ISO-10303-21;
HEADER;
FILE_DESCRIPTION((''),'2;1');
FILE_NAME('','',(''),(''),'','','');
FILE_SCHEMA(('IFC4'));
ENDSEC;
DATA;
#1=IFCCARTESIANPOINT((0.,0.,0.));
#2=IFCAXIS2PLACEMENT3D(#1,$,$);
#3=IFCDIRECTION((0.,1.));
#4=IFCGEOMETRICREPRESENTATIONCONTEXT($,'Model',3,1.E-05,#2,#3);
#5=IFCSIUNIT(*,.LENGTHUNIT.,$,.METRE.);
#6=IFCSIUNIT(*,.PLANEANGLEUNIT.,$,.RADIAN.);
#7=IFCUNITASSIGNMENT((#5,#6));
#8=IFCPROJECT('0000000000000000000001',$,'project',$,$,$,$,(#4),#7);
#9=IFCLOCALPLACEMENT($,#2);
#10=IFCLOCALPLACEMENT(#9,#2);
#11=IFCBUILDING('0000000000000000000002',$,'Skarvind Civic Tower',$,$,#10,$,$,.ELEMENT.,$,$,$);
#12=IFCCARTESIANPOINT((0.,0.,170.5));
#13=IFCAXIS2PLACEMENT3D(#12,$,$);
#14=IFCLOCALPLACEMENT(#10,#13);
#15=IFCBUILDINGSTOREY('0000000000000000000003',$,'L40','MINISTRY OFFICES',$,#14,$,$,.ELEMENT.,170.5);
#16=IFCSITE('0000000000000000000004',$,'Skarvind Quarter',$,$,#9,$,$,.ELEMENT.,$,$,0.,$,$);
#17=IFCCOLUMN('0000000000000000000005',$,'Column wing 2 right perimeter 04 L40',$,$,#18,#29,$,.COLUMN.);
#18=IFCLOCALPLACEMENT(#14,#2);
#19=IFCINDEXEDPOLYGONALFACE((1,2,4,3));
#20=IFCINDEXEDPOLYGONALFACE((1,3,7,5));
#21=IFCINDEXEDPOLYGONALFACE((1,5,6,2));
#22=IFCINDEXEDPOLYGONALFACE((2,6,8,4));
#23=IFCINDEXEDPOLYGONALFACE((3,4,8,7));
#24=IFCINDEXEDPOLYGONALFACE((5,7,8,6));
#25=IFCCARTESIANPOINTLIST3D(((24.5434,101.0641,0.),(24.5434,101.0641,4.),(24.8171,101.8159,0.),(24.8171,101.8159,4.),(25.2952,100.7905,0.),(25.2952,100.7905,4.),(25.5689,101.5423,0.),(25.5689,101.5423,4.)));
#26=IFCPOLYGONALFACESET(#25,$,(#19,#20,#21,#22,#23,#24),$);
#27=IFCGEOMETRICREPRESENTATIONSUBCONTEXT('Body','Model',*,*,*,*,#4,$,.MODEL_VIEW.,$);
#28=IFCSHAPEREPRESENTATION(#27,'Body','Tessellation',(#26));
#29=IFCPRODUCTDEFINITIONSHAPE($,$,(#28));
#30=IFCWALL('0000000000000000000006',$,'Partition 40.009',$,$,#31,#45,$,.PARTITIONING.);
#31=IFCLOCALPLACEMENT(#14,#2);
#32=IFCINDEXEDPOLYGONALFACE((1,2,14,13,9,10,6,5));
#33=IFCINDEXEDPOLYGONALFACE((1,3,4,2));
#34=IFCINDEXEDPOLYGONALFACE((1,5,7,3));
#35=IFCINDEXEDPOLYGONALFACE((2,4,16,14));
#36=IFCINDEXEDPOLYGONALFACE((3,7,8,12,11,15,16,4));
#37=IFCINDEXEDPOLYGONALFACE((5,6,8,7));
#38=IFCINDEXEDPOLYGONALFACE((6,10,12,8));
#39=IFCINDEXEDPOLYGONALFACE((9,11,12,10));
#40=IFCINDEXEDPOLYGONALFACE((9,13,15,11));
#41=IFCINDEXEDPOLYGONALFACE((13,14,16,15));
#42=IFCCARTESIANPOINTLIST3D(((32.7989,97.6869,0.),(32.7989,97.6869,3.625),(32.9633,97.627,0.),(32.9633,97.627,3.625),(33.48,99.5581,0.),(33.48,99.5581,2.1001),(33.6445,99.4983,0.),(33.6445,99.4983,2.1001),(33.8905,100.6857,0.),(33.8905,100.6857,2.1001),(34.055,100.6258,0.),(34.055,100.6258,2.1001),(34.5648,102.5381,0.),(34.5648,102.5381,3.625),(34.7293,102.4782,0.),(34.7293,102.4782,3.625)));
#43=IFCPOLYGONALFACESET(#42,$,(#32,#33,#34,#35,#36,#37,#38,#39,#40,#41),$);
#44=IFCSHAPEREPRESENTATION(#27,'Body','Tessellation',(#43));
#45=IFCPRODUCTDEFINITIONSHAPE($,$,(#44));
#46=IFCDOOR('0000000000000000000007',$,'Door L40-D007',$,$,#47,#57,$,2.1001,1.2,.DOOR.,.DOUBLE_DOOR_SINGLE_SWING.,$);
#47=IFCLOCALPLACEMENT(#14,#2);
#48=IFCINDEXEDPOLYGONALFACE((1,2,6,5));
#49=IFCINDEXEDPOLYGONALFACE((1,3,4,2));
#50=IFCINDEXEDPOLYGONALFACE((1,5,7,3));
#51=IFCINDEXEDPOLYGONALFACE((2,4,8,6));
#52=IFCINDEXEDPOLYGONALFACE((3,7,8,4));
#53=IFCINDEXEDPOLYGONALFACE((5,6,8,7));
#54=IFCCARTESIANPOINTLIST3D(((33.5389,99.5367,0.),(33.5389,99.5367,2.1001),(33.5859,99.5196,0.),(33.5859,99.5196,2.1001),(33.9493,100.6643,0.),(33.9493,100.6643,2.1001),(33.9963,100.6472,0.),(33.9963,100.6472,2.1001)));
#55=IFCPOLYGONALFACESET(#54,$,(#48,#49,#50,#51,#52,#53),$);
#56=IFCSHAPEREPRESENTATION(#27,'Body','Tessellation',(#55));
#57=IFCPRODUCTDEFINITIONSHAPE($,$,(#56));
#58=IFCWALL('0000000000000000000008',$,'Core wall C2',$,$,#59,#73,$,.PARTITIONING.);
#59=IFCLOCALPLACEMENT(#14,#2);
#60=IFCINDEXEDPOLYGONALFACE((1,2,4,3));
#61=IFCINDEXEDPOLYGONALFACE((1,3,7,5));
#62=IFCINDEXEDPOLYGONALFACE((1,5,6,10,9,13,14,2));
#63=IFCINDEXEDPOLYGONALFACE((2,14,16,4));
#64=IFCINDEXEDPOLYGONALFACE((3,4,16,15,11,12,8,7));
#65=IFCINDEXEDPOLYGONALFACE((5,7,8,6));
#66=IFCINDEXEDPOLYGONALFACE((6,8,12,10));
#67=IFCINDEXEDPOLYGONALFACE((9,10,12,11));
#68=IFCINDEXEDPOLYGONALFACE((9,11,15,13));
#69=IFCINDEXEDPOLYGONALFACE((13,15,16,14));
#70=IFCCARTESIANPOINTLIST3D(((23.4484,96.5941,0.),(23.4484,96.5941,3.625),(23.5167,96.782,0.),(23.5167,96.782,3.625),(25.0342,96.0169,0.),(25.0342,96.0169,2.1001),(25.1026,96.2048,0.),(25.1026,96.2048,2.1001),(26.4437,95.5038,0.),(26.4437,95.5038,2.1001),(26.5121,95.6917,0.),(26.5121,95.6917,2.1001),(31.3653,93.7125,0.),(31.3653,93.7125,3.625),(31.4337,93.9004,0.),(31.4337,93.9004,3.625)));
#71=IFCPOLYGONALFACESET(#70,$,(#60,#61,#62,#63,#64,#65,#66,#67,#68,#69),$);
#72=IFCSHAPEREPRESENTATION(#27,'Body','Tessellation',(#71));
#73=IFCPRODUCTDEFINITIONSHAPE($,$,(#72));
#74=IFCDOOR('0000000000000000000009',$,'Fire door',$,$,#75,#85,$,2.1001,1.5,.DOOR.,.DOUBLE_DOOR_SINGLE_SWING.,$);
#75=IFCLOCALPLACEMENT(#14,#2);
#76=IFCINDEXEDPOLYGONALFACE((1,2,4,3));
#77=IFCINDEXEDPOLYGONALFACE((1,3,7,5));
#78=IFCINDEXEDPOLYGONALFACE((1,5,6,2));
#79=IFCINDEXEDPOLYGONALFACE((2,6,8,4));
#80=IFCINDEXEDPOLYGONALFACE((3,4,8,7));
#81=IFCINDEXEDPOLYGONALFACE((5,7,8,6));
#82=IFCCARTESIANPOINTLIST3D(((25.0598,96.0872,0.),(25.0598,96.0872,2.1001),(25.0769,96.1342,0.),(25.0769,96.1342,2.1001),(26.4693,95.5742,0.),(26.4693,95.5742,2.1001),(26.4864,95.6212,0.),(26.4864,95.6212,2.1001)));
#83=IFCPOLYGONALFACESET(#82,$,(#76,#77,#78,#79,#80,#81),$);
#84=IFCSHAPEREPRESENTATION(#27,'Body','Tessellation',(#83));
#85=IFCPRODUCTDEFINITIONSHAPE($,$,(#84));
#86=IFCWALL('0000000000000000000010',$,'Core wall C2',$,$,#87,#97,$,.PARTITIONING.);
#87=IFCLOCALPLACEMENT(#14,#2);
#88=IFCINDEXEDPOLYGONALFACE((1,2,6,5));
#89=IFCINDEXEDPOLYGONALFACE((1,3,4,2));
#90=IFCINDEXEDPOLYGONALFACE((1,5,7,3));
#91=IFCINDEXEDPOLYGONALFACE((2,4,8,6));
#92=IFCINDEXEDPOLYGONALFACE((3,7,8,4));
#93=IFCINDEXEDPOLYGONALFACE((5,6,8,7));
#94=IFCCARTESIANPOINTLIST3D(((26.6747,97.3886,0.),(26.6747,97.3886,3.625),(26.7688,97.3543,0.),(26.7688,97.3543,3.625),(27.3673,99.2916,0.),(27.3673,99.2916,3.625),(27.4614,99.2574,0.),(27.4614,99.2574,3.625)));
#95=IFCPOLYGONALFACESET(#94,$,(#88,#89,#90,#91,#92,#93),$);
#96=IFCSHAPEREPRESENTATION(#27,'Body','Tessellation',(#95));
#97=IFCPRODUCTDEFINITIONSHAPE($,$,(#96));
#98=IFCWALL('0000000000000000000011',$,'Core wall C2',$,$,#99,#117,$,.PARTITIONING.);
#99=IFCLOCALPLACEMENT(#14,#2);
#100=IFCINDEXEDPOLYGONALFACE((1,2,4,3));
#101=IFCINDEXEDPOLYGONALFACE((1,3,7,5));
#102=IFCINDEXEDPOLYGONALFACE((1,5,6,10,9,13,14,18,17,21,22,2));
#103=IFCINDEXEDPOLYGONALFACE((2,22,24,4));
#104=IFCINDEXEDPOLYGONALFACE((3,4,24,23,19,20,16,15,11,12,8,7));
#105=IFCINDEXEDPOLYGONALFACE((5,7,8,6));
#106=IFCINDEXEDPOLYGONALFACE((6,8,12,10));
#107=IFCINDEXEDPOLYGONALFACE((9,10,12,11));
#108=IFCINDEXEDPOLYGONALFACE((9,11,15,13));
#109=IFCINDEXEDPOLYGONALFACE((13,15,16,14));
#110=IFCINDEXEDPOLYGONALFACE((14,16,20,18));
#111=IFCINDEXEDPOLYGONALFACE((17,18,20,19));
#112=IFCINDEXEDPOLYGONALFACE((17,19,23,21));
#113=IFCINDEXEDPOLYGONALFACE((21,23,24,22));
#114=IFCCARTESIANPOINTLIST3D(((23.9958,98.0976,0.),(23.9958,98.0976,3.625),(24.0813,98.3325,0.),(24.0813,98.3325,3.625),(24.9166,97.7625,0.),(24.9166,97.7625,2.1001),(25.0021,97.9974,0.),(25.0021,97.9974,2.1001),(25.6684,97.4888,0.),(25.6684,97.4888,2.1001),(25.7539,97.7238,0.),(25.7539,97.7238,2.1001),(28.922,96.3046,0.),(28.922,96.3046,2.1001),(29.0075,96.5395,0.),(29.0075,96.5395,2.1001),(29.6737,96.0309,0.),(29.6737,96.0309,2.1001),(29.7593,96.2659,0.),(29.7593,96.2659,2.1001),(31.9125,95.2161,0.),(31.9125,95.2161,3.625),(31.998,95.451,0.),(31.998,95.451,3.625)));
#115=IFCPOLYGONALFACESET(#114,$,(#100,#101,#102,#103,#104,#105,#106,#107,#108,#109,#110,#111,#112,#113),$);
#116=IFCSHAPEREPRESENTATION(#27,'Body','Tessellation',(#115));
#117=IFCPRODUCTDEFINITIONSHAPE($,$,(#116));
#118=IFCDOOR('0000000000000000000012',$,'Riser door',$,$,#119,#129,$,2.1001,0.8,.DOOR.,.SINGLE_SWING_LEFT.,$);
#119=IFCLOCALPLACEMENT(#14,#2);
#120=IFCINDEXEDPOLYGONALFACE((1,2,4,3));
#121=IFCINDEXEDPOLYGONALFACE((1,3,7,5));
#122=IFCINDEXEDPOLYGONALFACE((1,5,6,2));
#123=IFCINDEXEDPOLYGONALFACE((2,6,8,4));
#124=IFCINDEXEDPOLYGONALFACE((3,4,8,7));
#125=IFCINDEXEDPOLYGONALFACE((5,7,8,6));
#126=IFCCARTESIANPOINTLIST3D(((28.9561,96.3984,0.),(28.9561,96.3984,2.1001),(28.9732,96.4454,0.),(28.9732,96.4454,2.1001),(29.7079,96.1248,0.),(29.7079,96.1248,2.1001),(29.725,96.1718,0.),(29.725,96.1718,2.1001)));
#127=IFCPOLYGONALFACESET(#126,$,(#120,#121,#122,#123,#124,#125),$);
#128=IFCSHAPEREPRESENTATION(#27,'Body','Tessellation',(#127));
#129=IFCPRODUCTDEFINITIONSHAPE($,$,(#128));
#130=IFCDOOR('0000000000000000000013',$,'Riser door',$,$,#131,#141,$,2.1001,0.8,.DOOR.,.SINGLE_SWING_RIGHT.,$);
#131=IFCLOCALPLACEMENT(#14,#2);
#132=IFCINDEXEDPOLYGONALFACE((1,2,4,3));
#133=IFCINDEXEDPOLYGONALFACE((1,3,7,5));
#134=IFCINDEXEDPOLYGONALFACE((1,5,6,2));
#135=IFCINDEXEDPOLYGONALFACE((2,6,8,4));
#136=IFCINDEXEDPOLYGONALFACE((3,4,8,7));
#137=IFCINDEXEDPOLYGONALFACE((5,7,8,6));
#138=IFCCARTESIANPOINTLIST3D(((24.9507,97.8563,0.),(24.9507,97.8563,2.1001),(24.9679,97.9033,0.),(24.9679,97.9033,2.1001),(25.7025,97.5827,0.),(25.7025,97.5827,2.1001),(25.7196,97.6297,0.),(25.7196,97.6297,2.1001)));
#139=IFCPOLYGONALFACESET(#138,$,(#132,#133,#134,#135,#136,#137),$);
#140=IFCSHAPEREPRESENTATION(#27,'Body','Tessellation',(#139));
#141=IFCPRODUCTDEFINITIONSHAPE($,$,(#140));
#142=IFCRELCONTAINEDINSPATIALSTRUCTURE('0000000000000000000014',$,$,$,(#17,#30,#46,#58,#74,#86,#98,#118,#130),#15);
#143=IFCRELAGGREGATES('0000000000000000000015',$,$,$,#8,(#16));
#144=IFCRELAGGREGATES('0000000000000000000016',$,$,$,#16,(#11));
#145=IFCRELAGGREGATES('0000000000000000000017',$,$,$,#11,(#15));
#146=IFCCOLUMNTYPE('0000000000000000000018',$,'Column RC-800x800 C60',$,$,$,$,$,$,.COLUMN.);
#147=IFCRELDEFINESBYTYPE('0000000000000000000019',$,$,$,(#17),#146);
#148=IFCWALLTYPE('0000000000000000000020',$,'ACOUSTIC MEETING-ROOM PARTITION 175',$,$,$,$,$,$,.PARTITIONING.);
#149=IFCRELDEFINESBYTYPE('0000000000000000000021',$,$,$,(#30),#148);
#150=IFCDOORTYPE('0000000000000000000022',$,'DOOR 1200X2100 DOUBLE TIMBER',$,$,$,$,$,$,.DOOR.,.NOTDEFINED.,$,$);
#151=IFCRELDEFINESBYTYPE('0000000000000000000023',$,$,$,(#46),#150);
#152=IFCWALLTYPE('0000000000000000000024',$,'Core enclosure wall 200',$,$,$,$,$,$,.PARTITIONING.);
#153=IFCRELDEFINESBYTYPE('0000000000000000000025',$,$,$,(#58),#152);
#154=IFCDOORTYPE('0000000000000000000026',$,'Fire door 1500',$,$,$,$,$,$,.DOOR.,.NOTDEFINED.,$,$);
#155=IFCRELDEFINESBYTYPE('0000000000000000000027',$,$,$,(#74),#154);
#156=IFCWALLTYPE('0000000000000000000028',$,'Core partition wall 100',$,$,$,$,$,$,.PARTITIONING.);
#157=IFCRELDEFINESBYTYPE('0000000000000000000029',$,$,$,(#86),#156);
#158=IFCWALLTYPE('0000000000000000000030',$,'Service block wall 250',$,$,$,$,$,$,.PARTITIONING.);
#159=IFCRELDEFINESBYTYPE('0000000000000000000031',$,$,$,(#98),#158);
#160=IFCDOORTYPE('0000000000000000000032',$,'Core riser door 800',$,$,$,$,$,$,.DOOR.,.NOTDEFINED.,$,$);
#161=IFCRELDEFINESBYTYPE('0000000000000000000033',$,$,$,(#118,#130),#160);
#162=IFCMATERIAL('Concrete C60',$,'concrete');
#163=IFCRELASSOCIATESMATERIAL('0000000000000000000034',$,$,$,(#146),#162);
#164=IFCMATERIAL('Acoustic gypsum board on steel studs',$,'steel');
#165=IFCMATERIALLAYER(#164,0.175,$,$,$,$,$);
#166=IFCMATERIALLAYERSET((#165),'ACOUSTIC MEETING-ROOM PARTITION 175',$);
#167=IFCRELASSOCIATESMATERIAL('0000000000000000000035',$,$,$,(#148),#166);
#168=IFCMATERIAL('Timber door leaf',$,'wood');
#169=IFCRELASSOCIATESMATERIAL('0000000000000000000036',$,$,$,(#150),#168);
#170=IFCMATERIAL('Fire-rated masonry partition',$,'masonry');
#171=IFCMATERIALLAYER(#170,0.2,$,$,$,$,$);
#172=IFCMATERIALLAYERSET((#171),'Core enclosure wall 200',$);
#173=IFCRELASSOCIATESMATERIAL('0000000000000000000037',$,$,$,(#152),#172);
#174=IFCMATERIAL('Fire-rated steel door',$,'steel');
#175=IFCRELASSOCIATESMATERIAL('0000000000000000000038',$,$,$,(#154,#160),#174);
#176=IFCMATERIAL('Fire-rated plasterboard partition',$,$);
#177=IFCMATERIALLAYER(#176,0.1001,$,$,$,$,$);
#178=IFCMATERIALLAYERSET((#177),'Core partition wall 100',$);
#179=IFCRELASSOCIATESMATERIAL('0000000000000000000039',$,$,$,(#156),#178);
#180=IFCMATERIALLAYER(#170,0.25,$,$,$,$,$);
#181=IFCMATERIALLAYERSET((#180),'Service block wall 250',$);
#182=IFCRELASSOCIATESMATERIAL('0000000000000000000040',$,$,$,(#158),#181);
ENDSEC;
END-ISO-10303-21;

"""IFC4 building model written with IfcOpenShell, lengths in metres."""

from ifc_helpers import new_model, si_unit, direction, frame, frame_2d, origin, origin_2d, place, context, subcontext, project, spatial, rectangle, extrude, material, layer, layer_set, material_profile, profile_set, type_object, element, fill, save


model = new_model("IFC4")

# Units and contexts
model_context = context("Model", 3, precision=1e-05, world=origin(), true_north=direction((0.0, 1.0)))
body_context = subcontext(model_context, "Body", "Model", "MODEL_VIEW")
ifc_project = project(units=[si_unit("LENGTHUNIT", "METRE"), si_unit("PLANEANGLEUNIT", "RADIAN")], contexts=[model_context])

# Site, building, storey
site_placement = place(None, origin())
site = spatial("IfcSite", under=ifc_project, at=site_placement, Name="Skarvind Quarter", CompositionType="ELEMENT", RefElevation=0.0)
building_placement = place(site_placement, origin())
building = spatial("IfcBuilding", under=site, at=building_placement, Name="Skarvind Civic Tower", CompositionType="ELEMENT")
storey_placement = place(building_placement, frame((0.0, 0.0, 170.5)))
storey = spatial("IfcBuildingStorey", under=building, at=storey_placement, Name="L40", Description="MINISTRY OFFICES", CompositionType="ELEMENT", Elevation=170.5)

# Column
ifc_material_1 = material(Name="Concrete C60", Category="concrete")
ifc_material_profile = material_profile(ifc_material_1, rectangle(XDim=0.8, YDim=0.8, at=origin_2d()), Name="RC-800x800")
ifc_profile_set = profile_set([ifc_material_profile], Name="Concrete C60")
column_type = type_object("IfcColumnType", Name="Column RC-800x800 C60", PredefinedType="COLUMN", material=ifc_profile_set)
column_placement = place(storey_placement, frame((25.0562, 101.3032, 0.0), z_axis=(0.0, 0.0, 1.0), x_axis=(-0.34202, -0.939693, 0.0)))
element("IfcColumn", 1, at=column_placement, inside=storey, type_object=column_type, Name="Column wing 2 right perimeter 04 L40", PredefinedType="COLUMN", context=body_context, shape_type="SweptSolid", body=[
    extrude(rectangle(XDim=0.8, YDim=0.8, at=origin_2d()), origin(), (0.0, 0.0, 1.0), 4.0),
])

# Walls, openings, doors
ifc_material_2 = material(Name="Acoustic gypsum board on steel studs", Category="steel")
ifc_layer_1 = layer(ifc_material_2, 0.175)
ifc_layer_set_1 = layer_set([ifc_layer_1], Name="ACOUSTIC MEETING-ROOM PARTITION 175")
wall_type_1 = type_object("IfcWallType", Name="ACOUSTIC MEETING-ROOM PARTITION 175", PredefinedType="PARTITIONING", material=ifc_layer_set_1)
wall_1_placement = place(storey_placement, frame((32.8811, 97.657, 0.0), z_axis=(0.0, 0.0, 1.0), x_axis=(0.342058, 0.939679, 0.0)))
wall_1 = element("IfcWall", 2, at=wall_1_placement, inside=storey, type_object=wall_type_1, Name="Partition 40.009", PredefinedType="PARTITIONING", context=body_context, shape_type="SweptSolid", body=[
    extrude(rectangle(XDim=5.1626, YDim=0.175, at=frame_2d((2.5813, 0.0))), origin(), (0.0, 0.0, 1.0), 3.625),
])
opening_1_placement = place(wall_1_placement, frame((1.9912, 0.0, 0.0)))
opening_1 = element("IfcOpeningElement", 3, at=opening_1_placement, cuts=wall_1, PredefinedType="OPENING", context=body_context, shape_type="SweptSolid", body=[
    extrude(rectangle(XDim=1.2, YDim=2.1001, at=frame_2d((0.6001, 1.05))), frame((0.0, 0.0974, 0.0), z_axis=(0.0, -1.0, 0.0), x_axis=(1.0, 0.0, 0.0)), (0.0, 0.0, 1.0), 0.1951),
])
ifc_material_3 = material(Name="Timber door leaf", Category="wood")
door_type_1 = type_object("IfcDoorType", Name="DOOR 1200X2100 DOUBLE TIMBER", OperationType="NOTDEFINED", PredefinedType="DOOR", material=ifc_material_3)
door_1_placement = place(opening_1_placement, origin())
door_1 = element("IfcDoor", 4, at=door_1_placement, inside=storey, type_object=door_type_1, Name="Door L40-D007", OperationType="DOUBLE_DOOR_SINGLE_SWING", OverallHeight=2.1001, OverallWidth=1.2, PredefinedType="DOOR", context=body_context, shape_type="SweptSolid", body=[
    extrude(rectangle(XDim=1.2, YDim=2.1001, at=frame_2d((0.6001, 1.05))), frame((0.0, 0.0249, 0.0), z_axis=(0.0, -1.0, 0.0), x_axis=(1.0, 0.0, 0.0)), (0.0, 0.0, 1.0), 0.05),
])
fill(opening_1, door_1)
ifc_material_4 = material(Name="Fire-rated masonry partition", Category="masonry")
ifc_layer_2 = layer(ifc_material_4, 0.2)
ifc_layer_set_2 = layer_set([ifc_layer_2], Name="Core enclosure wall 200")
wall_type_2 = type_object("IfcWallType", Name="Core enclosure wall 200", PredefinedType="PARTITIONING", material=ifc_layer_set_2)
wall_2_placement = place(storey_placement, frame((23.4827, 96.688, 0.0), z_axis=(0.0, 0.0, 1.0), x_axis=(0.939691, -0.342025, 0.0)))
wall_2 = element("IfcWall", 5, at=wall_2_placement, inside=storey, type_object=wall_type_2, Name="Core wall C2", PredefinedType="PARTITIONING", context=body_context, shape_type="SweptSolid", body=[
    extrude(rectangle(XDim=8.425, YDim=0.2, at=frame_2d((4.2124, 0.0))), origin(), (0.0, 0.0, 1.0), 3.625),
])
opening_2_placement = place(wall_2_placement, frame((1.6875, 0.0, 0.0)))
opening_2 = element("IfcOpeningElement", 6, at=opening_2_placement, cuts=wall_2, PredefinedType="OPENING", context=body_context, shape_type="SweptSolid", body=[
    extrude(rectangle(XDim=1.5, YDim=2.1001, at=frame_2d((0.75, 1.05))), frame((0.0, 0.1099, 0.0), z_axis=(0.0, -1.0, 0.0), x_axis=(1.0, 0.0, 0.0)), (0.0, 0.0, 1.0), 0.22),
])
ifc_material_5 = material(Name="Fire-rated steel door", Category="steel")
door_type_2 = type_object("IfcDoorType", Name="Fire door 1500", OperationType="NOTDEFINED", PredefinedType="DOOR", material=ifc_material_5)
door_2_placement = place(opening_2_placement, origin())
door_2 = element("IfcDoor", 7, at=door_2_placement, inside=storey, type_object=door_type_2, Name="Fire door", OperationType="DOUBLE_DOOR_SINGLE_SWING", OverallHeight=2.1001, OverallWidth=1.5, PredefinedType="DOOR", context=body_context, shape_type="SweptSolid", body=[
    extrude(rectangle(XDim=1.5, YDim=2.1001, at=frame_2d((0.75, 1.05))), frame((0.0, 0.0249, 0.0), z_axis=(0.0, -1.0, 0.0), x_axis=(1.0, 0.0, 0.0)), (0.0, 0.0, 1.0), 0.05),
])
fill(opening_2, door_2)

# Wall
ifc_material_6 = material(Name="Fire-rated plasterboard partition")
ifc_layer_3 = layer(ifc_material_6, 0.1001)
ifc_layer_set_3 = layer_set([ifc_layer_3], Name="Core partition wall 100")
wall_type_3 = type_object("IfcWallType", Name="Core partition wall 100", PredefinedType="PARTITIONING", material=ifc_layer_set_3)
wall_3_placement = place(storey_placement, frame((26.7217, 97.3713, 0.0), z_axis=(0.0, 0.0, 1.0), x_axis=(0.342004, 0.939698, 0.0)))
element("IfcWall", 8, at=wall_3_placement, inside=storey, type_object=wall_type_3, Name="Core wall C2", PredefinedType="PARTITIONING", context=body_context, shape_type="SweptSolid", body=[
    extrude(rectangle(XDim=2.0251, YDim=0.1001, at=frame_2d((1.0127, 0.0))), origin(), (0.0, 0.0, 1.0), 3.625),
])

# Wall, openings, doors
ifc_layer_4 = layer(ifc_material_4, 0.25)
ifc_layer_set_4 = layer_set([ifc_layer_4], Name="Service block wall 250")
wall_type_4 = type_object("IfcWallType", Name="Service block wall 250", PredefinedType="PARTITIONING", material=ifc_layer_set_4)
wall_4_placement = place(storey_placement, frame((24.0386, 98.2151, 0.0), z_axis=(0.0, 0.0, 1.0), x_axis=(0.939688, -0.342034, 0.0)))
wall_4 = element("IfcWall", 9, at=wall_4_placement, inside=storey, type_object=wall_type_4, Name="Core wall C2", PredefinedType="PARTITIONING", context=body_context, shape_type="SweptSolid", body=[
    extrude(rectangle(XDim=8.4248, YDim=0.25, at=frame_2d((4.2124, 0.0))), origin(), (0.0, 0.0, 1.0), 3.625),
])
opening_3_placement = place(wall_4_placement, frame((5.2424, 0.0, 0.0)))
opening_3 = element("IfcOpeningElement", 10, at=opening_3_placement, cuts=wall_4, PredefinedType="OPENING", context=body_context, shape_type="SweptSolid", body=[
    extrude(rectangle(XDim=0.8, YDim=2.1001, at=frame_2d((0.3999, 1.05))), frame((0.0, 0.135, 0.0), z_axis=(0.0, -1.0, 0.0), x_axis=(1.0, 0.0, 0.0)), (0.0, 0.0, 1.0), 0.27),
])
opening_4_placement = place(wall_4_placement, frame((0.98, 0.0, 0.0)))
opening_4 = element("IfcOpeningElement", 11, at=opening_4_placement, cuts=wall_4, PredefinedType="OPENING", context=body_context, shape_type="SweptSolid", body=[
    extrude(rectangle(XDim=0.8, YDim=2.1001, at=frame_2d((0.3999, 1.05))), frame((0.0, 0.135, 0.0), z_axis=(0.0, -1.0, 0.0), x_axis=(1.0, 0.0, 0.0)), (0.0, 0.0, 1.0), 0.27),
])
door_type_3 = type_object("IfcDoorType", Name="Core riser door 800", OperationType="NOTDEFINED", PredefinedType="DOOR", material=ifc_material_5)
door_3_placement = place(opening_3_placement, origin())
door_3 = element("IfcDoor", 12, at=door_3_placement, inside=storey, type_object=door_type_3, Name="Riser door", OperationType="SINGLE_SWING_LEFT", OverallHeight=2.1001, OverallWidth=0.8, PredefinedType="DOOR", context=body_context, shape_type="SweptSolid", body=[
    extrude(rectangle(XDim=0.8, YDim=2.1001, at=frame_2d((0.3999, 1.05))), frame((0.0, 0.0249, 0.0), z_axis=(0.0, -1.0, 0.0), x_axis=(1.0, 0.0, 0.0)), (0.0, 0.0, 1.0), 0.05),
])
fill(opening_3, door_3)
door_4_placement = place(opening_4_placement, origin())
door_4 = element("IfcDoor", 13, at=door_4_placement, inside=storey, type_object=door_type_3, Name="Riser door", OperationType="SINGLE_SWING_RIGHT", OverallHeight=2.1001, OverallWidth=0.8, PredefinedType="DOOR", context=body_context, shape_type="SweptSolid", body=[
    extrude(rectangle(XDim=0.8, YDim=2.1001, at=frame_2d((0.3999, 1.05))), frame((0.0, 0.0249, 0.0), z_axis=(0.0, -1.0, 0.0), x_axis=(1.0, 0.0, 0.0)), (0.0, 0.0, 1.0), 0.05),
])
fill(opening_4, door_4)

save(model, "model.ifc")
